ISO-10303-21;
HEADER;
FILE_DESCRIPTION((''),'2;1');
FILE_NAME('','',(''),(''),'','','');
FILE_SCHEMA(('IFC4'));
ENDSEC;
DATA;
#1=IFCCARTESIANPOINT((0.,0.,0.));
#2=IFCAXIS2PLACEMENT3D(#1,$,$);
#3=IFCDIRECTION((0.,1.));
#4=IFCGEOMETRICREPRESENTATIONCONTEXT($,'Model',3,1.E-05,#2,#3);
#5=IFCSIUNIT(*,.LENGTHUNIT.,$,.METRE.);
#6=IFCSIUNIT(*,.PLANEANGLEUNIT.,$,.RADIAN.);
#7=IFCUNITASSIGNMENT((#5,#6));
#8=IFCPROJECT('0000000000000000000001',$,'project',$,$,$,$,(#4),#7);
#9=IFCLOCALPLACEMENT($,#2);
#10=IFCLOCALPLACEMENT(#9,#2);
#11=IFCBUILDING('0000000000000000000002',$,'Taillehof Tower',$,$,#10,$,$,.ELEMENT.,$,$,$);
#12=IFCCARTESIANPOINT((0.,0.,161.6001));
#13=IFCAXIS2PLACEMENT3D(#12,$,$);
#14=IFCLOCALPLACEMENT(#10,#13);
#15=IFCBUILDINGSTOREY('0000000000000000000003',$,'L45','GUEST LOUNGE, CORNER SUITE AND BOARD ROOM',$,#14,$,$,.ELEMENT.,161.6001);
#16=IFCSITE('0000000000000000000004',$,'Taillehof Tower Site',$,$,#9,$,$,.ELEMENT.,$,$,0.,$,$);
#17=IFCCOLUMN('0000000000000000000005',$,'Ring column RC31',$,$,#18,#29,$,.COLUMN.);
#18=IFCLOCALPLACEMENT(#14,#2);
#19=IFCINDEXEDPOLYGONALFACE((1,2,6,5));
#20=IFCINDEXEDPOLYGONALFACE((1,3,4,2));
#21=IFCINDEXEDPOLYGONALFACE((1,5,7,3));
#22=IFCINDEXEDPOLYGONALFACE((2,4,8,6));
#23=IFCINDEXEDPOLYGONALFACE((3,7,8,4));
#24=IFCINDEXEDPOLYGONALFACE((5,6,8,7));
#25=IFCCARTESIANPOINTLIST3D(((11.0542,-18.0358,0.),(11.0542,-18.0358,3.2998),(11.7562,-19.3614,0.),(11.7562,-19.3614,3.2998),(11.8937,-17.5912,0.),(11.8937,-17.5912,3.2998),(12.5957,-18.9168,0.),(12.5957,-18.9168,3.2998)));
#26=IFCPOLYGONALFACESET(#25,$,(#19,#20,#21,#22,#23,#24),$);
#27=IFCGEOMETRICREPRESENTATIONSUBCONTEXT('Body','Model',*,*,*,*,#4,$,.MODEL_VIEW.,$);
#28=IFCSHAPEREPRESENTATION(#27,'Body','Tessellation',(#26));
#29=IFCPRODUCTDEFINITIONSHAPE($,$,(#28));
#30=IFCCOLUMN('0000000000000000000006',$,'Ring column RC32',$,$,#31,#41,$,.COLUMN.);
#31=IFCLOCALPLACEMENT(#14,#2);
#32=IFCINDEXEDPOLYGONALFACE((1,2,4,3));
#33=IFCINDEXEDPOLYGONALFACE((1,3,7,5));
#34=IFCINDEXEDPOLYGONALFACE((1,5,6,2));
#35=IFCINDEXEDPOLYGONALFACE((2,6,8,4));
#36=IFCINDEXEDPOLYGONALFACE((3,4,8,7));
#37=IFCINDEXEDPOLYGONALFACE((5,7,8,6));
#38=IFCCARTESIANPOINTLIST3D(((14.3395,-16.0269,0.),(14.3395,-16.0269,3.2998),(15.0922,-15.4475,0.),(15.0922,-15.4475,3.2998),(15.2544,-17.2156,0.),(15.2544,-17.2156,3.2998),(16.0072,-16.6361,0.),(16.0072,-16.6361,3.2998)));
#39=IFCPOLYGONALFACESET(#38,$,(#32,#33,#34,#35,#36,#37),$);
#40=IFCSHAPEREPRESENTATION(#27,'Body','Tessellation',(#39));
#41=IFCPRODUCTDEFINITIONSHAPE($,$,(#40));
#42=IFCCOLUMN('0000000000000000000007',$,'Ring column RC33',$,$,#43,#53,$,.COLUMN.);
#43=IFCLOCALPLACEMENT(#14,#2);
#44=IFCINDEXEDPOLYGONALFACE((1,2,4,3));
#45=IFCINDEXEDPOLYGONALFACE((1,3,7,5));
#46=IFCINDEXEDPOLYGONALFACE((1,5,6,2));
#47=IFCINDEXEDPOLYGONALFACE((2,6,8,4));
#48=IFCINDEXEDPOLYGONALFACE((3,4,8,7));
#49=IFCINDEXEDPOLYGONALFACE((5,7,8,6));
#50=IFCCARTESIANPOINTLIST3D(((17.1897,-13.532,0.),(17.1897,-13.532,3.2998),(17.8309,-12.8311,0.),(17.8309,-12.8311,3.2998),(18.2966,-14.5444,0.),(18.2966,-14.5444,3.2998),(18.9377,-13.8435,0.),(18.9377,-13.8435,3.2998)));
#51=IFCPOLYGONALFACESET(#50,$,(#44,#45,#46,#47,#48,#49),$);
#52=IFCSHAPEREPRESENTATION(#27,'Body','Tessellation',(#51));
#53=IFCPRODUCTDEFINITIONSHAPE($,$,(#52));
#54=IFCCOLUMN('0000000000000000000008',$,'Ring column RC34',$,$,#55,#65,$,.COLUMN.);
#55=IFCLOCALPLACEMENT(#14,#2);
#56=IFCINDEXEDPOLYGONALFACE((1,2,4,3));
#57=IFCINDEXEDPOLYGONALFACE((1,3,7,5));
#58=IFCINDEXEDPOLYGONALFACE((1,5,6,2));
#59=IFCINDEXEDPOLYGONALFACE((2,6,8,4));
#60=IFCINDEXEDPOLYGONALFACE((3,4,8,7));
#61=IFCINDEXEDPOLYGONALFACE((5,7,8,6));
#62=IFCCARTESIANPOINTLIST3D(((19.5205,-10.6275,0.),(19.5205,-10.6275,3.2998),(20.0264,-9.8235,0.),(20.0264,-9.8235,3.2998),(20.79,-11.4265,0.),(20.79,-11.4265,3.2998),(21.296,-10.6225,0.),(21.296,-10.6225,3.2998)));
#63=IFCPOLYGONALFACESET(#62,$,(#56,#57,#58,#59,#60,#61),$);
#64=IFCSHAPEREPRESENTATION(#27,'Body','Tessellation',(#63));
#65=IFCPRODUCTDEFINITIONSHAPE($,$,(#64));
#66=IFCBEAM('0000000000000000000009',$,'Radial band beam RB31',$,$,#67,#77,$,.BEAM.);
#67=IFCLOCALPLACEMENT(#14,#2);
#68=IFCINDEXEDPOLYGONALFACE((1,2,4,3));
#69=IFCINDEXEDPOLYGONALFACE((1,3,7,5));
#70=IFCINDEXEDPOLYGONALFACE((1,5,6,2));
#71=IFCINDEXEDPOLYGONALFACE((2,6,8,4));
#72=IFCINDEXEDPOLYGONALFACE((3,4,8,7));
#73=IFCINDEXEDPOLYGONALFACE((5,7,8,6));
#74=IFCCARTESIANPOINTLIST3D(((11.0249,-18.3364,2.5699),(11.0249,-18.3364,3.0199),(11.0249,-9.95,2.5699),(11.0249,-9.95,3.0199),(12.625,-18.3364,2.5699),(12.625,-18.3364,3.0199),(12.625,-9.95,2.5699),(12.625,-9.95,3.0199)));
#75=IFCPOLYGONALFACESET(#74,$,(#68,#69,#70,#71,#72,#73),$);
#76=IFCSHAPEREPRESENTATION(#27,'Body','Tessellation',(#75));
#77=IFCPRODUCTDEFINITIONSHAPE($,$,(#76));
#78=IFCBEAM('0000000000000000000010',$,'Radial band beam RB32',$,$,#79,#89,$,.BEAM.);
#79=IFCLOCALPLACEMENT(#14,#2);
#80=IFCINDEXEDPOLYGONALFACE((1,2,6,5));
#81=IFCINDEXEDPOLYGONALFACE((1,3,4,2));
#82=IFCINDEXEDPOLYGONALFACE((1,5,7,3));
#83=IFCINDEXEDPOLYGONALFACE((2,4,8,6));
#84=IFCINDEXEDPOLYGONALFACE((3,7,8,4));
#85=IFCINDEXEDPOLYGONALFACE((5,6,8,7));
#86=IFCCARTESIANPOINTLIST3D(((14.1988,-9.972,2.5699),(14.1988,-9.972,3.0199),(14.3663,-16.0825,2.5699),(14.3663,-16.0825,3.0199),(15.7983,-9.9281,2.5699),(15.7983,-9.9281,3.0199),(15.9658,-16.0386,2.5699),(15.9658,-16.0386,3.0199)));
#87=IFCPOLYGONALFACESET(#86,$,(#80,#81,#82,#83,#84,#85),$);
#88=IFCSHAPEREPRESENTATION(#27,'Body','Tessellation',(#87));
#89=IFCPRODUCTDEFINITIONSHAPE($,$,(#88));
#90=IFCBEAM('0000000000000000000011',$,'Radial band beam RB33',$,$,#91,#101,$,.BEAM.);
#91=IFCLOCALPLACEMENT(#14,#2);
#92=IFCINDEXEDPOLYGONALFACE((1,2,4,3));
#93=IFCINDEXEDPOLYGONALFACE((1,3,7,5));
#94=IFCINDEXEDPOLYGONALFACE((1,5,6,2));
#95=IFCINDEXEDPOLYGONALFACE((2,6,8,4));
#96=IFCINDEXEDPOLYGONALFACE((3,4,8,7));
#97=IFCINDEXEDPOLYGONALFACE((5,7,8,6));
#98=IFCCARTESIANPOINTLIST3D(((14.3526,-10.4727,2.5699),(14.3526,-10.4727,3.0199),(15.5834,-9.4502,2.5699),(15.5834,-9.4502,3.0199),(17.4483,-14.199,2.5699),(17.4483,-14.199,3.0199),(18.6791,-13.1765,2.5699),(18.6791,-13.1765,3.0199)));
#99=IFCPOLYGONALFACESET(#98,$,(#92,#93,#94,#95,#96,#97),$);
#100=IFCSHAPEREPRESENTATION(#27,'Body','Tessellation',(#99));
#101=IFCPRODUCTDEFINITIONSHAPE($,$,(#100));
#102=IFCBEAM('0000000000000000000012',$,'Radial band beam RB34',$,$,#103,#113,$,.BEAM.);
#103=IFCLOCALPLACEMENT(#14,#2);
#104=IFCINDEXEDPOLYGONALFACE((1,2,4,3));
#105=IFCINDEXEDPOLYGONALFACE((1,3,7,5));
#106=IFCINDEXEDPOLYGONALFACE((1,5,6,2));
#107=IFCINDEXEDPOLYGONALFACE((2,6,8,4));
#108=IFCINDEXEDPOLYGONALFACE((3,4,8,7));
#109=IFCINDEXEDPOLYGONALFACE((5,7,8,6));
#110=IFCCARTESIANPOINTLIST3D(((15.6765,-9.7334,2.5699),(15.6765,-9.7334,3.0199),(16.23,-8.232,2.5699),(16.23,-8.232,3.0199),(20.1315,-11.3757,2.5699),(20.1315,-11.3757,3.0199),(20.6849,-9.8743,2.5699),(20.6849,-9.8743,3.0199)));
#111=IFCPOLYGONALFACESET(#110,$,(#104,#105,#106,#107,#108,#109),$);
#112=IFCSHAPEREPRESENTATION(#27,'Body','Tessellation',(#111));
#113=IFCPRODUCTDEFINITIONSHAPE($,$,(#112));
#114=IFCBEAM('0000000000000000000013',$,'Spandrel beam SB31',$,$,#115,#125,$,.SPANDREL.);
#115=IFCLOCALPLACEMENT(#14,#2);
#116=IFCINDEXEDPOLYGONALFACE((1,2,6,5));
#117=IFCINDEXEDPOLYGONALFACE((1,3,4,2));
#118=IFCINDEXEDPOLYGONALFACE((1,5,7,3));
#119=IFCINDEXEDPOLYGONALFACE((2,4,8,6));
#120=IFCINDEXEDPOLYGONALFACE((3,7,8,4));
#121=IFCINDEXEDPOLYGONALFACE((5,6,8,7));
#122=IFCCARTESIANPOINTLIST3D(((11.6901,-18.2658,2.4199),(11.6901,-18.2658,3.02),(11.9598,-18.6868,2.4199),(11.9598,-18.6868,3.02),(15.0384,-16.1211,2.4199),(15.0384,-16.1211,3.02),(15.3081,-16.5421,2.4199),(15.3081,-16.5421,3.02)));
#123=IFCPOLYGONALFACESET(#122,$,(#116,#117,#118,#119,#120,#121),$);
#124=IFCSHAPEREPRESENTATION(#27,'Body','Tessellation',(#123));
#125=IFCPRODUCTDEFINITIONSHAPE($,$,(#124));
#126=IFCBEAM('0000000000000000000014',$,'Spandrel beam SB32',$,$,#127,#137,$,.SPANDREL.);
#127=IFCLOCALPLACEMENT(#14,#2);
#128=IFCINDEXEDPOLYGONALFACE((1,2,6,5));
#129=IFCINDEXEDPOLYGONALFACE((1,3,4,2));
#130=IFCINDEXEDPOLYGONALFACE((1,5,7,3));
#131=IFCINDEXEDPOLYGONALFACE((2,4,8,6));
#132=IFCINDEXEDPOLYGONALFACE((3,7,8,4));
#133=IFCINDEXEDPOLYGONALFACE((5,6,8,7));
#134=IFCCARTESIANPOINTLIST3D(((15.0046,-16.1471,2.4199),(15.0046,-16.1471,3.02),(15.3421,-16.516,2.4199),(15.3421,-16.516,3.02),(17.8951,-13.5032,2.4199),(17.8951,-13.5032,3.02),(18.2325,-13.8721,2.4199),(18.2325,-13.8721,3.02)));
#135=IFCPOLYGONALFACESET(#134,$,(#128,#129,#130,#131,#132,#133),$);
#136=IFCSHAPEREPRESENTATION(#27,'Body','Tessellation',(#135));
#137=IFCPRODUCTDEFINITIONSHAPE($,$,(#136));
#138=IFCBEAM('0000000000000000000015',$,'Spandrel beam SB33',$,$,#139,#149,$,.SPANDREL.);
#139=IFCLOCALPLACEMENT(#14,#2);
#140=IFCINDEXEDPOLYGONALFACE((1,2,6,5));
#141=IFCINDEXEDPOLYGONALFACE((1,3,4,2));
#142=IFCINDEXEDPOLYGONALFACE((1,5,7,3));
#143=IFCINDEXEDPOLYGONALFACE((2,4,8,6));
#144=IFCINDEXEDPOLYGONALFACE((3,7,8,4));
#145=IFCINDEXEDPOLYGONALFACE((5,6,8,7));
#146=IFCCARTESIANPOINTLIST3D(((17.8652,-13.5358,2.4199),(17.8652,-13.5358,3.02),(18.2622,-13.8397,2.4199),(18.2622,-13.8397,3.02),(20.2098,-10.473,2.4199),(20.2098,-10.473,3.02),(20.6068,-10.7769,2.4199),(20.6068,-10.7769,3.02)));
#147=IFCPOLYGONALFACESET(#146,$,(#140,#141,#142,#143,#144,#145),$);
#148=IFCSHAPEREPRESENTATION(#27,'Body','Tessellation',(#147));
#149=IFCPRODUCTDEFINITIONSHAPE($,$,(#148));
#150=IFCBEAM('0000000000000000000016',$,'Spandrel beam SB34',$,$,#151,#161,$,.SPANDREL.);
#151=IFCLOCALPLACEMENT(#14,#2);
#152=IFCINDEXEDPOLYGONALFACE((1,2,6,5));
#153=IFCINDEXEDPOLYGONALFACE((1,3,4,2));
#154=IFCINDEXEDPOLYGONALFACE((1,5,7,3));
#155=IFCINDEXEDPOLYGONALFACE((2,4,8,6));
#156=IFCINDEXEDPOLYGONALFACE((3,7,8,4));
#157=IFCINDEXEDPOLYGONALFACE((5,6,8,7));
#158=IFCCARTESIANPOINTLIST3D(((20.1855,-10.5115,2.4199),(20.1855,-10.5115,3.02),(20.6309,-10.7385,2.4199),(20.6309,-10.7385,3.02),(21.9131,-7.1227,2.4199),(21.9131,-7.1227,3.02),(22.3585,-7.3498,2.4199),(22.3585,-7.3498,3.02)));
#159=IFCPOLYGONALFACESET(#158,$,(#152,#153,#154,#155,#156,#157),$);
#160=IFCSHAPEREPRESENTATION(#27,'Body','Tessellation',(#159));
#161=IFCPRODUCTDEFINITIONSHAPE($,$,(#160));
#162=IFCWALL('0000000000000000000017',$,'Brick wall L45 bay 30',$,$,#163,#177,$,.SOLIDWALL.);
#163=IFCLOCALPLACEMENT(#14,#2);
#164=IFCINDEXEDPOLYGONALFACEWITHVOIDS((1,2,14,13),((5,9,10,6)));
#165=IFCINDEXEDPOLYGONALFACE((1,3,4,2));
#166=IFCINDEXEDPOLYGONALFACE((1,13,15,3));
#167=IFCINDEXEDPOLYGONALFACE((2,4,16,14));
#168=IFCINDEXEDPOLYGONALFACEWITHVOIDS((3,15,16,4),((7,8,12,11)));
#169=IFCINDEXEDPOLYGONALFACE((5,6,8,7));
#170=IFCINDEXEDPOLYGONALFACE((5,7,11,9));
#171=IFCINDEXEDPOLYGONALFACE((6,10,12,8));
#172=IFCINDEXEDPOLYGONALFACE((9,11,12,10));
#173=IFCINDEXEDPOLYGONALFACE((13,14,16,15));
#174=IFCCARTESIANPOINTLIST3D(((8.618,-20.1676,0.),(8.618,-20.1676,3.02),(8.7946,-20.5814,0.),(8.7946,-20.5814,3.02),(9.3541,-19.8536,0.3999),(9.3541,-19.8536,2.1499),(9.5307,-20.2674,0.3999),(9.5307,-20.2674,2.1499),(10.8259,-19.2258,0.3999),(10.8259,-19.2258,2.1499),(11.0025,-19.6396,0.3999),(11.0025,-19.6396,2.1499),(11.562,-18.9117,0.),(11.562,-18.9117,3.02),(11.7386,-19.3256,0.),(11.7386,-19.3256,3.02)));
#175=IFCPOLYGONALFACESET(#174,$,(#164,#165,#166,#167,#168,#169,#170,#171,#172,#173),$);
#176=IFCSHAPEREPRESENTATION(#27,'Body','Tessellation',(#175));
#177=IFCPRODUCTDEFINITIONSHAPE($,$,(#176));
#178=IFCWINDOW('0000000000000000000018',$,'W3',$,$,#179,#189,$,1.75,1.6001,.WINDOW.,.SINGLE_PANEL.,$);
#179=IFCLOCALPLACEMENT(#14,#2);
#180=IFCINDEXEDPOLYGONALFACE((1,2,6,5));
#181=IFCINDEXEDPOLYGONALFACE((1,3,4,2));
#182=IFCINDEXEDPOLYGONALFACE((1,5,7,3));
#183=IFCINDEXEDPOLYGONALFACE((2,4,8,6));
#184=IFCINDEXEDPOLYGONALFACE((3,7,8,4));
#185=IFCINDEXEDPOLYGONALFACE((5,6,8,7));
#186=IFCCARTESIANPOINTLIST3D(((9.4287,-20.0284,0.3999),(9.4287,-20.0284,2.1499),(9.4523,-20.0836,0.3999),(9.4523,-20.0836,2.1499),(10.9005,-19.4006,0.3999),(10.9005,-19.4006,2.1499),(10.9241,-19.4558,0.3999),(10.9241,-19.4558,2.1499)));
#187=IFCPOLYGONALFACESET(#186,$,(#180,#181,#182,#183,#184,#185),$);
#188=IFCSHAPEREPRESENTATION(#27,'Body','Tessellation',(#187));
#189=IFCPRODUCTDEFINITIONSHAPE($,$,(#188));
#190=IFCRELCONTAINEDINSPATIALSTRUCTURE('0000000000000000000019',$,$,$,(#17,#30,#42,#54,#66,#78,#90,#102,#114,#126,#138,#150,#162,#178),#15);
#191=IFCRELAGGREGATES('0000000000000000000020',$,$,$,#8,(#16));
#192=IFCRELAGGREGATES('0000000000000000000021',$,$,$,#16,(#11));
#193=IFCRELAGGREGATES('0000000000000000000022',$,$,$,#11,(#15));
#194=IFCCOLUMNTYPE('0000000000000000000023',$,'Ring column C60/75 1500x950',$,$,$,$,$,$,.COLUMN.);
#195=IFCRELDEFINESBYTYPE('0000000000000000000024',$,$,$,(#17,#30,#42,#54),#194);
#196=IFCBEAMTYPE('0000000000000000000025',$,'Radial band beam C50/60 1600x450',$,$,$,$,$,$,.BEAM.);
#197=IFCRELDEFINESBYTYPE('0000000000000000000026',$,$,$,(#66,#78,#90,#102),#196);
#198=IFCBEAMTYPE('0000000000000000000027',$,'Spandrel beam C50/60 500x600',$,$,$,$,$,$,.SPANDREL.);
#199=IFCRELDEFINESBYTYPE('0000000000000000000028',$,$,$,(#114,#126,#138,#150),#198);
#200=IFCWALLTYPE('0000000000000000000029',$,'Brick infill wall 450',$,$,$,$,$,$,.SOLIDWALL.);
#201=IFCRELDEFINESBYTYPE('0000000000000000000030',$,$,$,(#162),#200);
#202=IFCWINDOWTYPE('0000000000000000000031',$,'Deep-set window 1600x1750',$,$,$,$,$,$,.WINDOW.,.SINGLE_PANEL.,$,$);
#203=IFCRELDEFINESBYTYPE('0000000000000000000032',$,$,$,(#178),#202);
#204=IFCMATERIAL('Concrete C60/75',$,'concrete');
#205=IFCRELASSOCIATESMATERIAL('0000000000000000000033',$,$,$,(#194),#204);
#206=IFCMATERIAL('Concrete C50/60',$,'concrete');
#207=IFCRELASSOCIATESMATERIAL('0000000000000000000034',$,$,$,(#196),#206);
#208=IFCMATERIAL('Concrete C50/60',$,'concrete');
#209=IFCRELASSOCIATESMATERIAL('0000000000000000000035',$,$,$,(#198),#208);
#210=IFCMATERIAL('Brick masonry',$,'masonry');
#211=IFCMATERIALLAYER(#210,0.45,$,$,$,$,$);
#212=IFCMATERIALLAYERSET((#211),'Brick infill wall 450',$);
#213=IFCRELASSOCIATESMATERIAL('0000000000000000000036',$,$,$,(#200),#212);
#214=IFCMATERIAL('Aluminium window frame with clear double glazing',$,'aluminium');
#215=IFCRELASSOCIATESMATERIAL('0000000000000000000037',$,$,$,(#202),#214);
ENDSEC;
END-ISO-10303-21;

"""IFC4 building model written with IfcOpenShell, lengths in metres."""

from ifc_helpers import new_model, si_unit, direction, frame, frame_2d, origin, origin_2d, place, context, subcontext, project, spatial, rectangle, extrude, material, layer, layer_set, material_profile, profile_set, type_object, element, fill, save


model = new_model("IFC4")

# Units and contexts
model_context = context("Model", 3, precision=1e-05, world=origin(), true_north=direction((0.0, 1.0)))
body_context = subcontext(model_context, "Body", "Model", "MODEL_VIEW")
ifc_project = project(units=[si_unit("LENGTHUNIT", "METRE"), si_unit("PLANEANGLEUNIT", "RADIAN")], contexts=[model_context])

# Site, building, storey
site_placement = place(None, origin())
site = spatial("IfcSite", under=ifc_project, at=site_placement, Name="Taillehof Tower Site", CompositionType="ELEMENT", RefElevation=0.0)
building_placement = place(site_placement, origin())
building = spatial("IfcBuilding", under=site, at=building_placement, Name="Taillehof Tower", CompositionType="ELEMENT")
storey_placement = place(building_placement, frame((0.0, 0.0, 161.6001)))
storey = spatial("IfcBuildingStorey", under=building, at=storey_placement, Name="L45", Description="GUEST LOUNGE, CORNER SUITE AND BOARD ROOM", CompositionType="ELEMENT", Elevation=161.6001)

# Columns
ifc_material_1 = material(Name="Concrete C60/75", Category="concrete")
ifc_material_profile_1 = material_profile(ifc_material_1, rectangle(XDim=1.5, YDim=0.95, at=origin_2d()), Name="RC 1500x950")
ifc_profile_set_1 = profile_set([ifc_material_profile_1], Name="Concrete C60/75")
column_type = type_object("IfcColumnType", Name="Ring column C60/75 1500x950", PredefinedType="COLUMN", material=ifc_profile_set_1)
for number, where, z_axis, x_axis, name in (
    (1, (11.825, -18.4763, 0.0), (0.0, 0.0, 1.0), (0.468042, -0.883706, 0.0), "Ring column RC31"),
    (2, (15.1733, -16.3315, 0.0), (0.0, 0.0, 1.0), (0.609971, -0.792424, 0.0), "Ring column RC32"),
    (3, (18.0637, -13.6877, 0.0), (0.0, 0.0, 1.0), (0.737879, -0.674933, 0.0), "Ring column RC33"),
    (4, (20.4082, -10.625, 0.0), (0.0, 0.0, 1.0), (0.846334, -0.532652, 0.0), "Ring column RC34"),
):
    element("IfcColumn", number, at=place(storey_placement, frame(where, z_axis=z_axis, x_axis=x_axis)), inside=storey, type_object=column_type, Name=name, PredefinedType="COLUMN", context=body_context, shape_type="SweptSolid", body=[
        extrude(rectangle(XDim=1.5, YDim=0.95, at=origin_2d()), origin(), (0.0, 0.0, 1.0), 3.2998),
    ])

# Beams
ifc_material_2 = material(Name="Concrete C50/60", Category="concrete")
ifc_material_profile_2 = material_profile(ifc_material_2, rectangle(XDim=1.6001, YDim=0.45, at=origin_2d()), Name="RC 1600x450")
ifc_profile_set_2 = profile_set([ifc_material_profile_2], Name="Concrete C50/60")
beam_type_1 = type_object("IfcBeamType", Name="Radial band beam C50/60 1600x450", PredefinedType="BEAM", material=ifc_profile_set_2)
beam_1_placement = place(storey_placement, frame((11.825, -18.3364, 2.7949), z_axis=(0.0, 1.0, 0.0), x_axis=(-1.0, 0.0, 0.0)))
element("IfcBeam", 5, at=beam_1_placement, inside=storey, type_object=beam_type_1, Name="Radial band beam RB31", PredefinedType="BEAM", context=body_context, shape_type="SweptSolid", body=[
    extrude(rectangle(XDim=1.6001, YDim=0.45, at=origin_2d()), origin(), (0.0, 0.0, 1.0), 8.3865),
])
beam_2_placement = place(storey_placement, frame((15.166, -16.0605, 2.7949), z_axis=(-0.027398, 0.999625, 0.0), x_axis=(-0.999625, -0.027398, 0.0)))
element("IfcBeam", 6, at=beam_2_placement, inside=storey, type_object=beam_type_1, Name="Radial band beam RB32", PredefinedType="BEAM", context=body_context, shape_type="SweptSolid", body=[
    extrude(rectangle(XDim=1.6001, YDim=0.45, at=origin_2d()), origin(), (0.0, 0.0, 1.0), 6.1128),
])
beam_3_placement = place(storey_placement, frame((18.0637, -13.6877, 2.7949), z_axis=(-0.639019, 0.769191, 0.0), x_axis=(-0.769191, -0.639019, 0.0)))
element("IfcBeam", 7, at=beam_3_placement, inside=storey, type_object=beam_type_1, Name="Radial band beam RB33", PredefinedType="BEAM", context=body_context, shape_type="SweptSolid", body=[
    extrude(rectangle(XDim=1.6001, YDim=0.45, at=origin_2d()), origin(), (0.0, 0.0, 1.0), 4.8445),
])
beam_4_placement = place(storey_placement, frame((20.4082, -10.625, 2.7949), z_axis=(-0.938276, 0.345889, 0.0), x_axis=(-0.345889, -0.938276, 0.0)))
element("IfcBeam", 8, at=beam_4_placement, inside=storey, type_object=beam_type_1, Name="Radial band beam RB34", PredefinedType="BEAM", context=body_context, shape_type="SweptSolid", body=[
    extrude(rectangle(XDim=1.6001, YDim=0.45, at=origin_2d()), origin(), (0.0, 0.0, 1.0), 4.748),
])
ifc_material_3 = material(Name="Concrete C50/60", Category="concrete")
ifc_material_profile_3 = material_profile(ifc_material_3, rectangle(XDim=0.5, YDim=0.6001, at=origin_2d()), Name="RC 500x600")
ifc_profile_set_3 = profile_set([ifc_material_profile_3], Name="Concrete C50/60")
beam_type_2 = type_object("IfcBeamType", Name="Spandrel beam C50/60 500x600", PredefinedType="SPANDREL", material=ifc_profile_set_3)
beam_5_placement = place(storey_placement, frame((11.825, -18.4763, 2.72), z_axis=(0.842065, 0.539376, 0.0), x_axis=(-0.539376, 0.842065, 0.0)))
element("IfcBeam", 9, at=beam_5_placement, inside=storey, type_object=beam_type_2, Name="Spandrel beam SB31", PredefinedType="SPANDREL", context=body_context, shape_type="SweptSolid", body=[
    extrude(rectangle(XDim=0.5, YDim=0.6001, at=origin_2d()), origin(), (0.0, 0.0, 1.0), 3.9763),
])
beam_6_placement = place(storey_placement, frame((15.1733, -16.3315, 2.72), z_axis=(0.737881, 0.674931, 0.0), x_axis=(-0.674931, 0.737881, 0.0)))
element("IfcBeam", 10, at=beam_6_placement, inside=storey, type_object=beam_type_2, Name="Spandrel beam SB32", PredefinedType="SPANDREL", context=body_context, shape_type="SweptSolid", body=[
    extrude(rectangle(XDim=0.5, YDim=0.6001, at=origin_2d()), origin(), (0.0, 0.0, 1.0), 3.9172),
])
beam_7_placement = place(storey_placement, frame((18.0637, -13.6877, 2.72), z_axis=(0.60784, 0.794059, 0.0), x_axis=(-0.794059, 0.60784, 0.0)))
element("IfcBeam", 11, at=beam_7_placement, inside=storey, type_object=beam_type_2, Name="Spandrel beam SB33", PredefinedType="SPANDREL", context=body_context, shape_type="SweptSolid", body=[
    extrude(rectangle(XDim=0.5, YDim=0.6001, at=origin_2d()), origin(), (0.0, 0.0, 1.0), 3.8572),
])
beam_8_placement = place(storey_placement, frame((20.4082, -10.625, 2.72), z_axis=(0.454183, 0.890908, 0.0), x_axis=(-0.890908, 0.454183, 0.0)))
element("IfcBeam", 12, at=beam_8_placement, inside=storey, type_object=beam_type_2, Name="Spandrel beam SB34", PredefinedType="SPANDREL", context=body_context, shape_type="SweptSolid", body=[
    extrude(rectangle(XDim=0.5, YDim=0.6001, at=origin_2d()), origin(), (0.0, 0.0, 1.0), 3.8037),
])

# Wall, opening, window
ifc_material_4 = material(Name="Brick masonry", Category="masonry")
ifc_layer_1 = layer(ifc_material_4, 0.45)
ifc_layer_set_1 = layer_set([ifc_layer_1], Name="Brick infill wall 450")
wall_type_1 = type_object("IfcWallType", Name="Brick infill wall 450", PredefinedType="SOLIDWALL", material=ifc_layer_set_1)
wall_1_placement = place(storey_placement, frame((8.7063, -20.3745, 0.0), z_axis=(0.0, 0.0, 1.0), x_axis=(0.91981, 0.392363, 0.0)))
wall_1 = element("IfcWall", 13, at=wall_1_placement, inside=storey, type_object=wall_type_1, Name="Brick wall L45 bay 30", PredefinedType="SOLIDWALL", context=body_context, shape_type="SweptSolid", body=[
    extrude(rectangle(XDim=3.2007, YDim=0.45, at=frame_2d((1.6003, 0.0))), origin(), (0.0, 0.0, 1.0), 3.02),
])
opening_1_placement = place(wall_1_placement, frame((0.8003, 0.0, 0.3999)))
opening_1 = element("IfcOpeningElement", 14, at=opening_1_placement, cuts=wall_1, PredefinedType="OPENING", context=body_context, shape_type="SweptSolid", body=[
    extrude(rectangle(XDim=1.6001, YDim=1.75, at=frame_2d((0.8, 0.875))), frame((0.0, 0.2349, 0.0), z_axis=(0.0, -1.0, 0.0), x_axis=(1.0, 0.0, 0.0)), (0.0, 0.0, 1.0), 0.47),
])
ifc_material_5 = material(Name="Aluminium window frame with clear double glazing", Category="aluminium")
window_type = type_object("IfcWindowType", Name="Deep-set window 1600x1750", PartitioningType="SINGLE_PANEL", PredefinedType="WINDOW", material=ifc_material_5)
window_1_placement = place(opening_1_placement, origin())
window_1 = element("IfcWindow", 15, at=window_1_placement, inside=storey, type_object=window_type, Name="W3", OverallHeight=1.75, OverallWidth=1.6001, PartitioningType="SINGLE_PANEL", PredefinedType="WINDOW", context=body_context, shape_type="SweptSolid", body=[
    extrude(rectangle(XDim=1.6001, YDim=1.75, at=frame_2d((0.8, 0.875))), frame((0.0, 0.0349, 0.0), z_axis=(0.0, -1.0, 0.0), x_axis=(1.0, 0.0, 0.0)), (0.0, 0.0, 1.0), 0.0601),
])
fill(opening_1, window_1)

save(model, "model.ifc")
